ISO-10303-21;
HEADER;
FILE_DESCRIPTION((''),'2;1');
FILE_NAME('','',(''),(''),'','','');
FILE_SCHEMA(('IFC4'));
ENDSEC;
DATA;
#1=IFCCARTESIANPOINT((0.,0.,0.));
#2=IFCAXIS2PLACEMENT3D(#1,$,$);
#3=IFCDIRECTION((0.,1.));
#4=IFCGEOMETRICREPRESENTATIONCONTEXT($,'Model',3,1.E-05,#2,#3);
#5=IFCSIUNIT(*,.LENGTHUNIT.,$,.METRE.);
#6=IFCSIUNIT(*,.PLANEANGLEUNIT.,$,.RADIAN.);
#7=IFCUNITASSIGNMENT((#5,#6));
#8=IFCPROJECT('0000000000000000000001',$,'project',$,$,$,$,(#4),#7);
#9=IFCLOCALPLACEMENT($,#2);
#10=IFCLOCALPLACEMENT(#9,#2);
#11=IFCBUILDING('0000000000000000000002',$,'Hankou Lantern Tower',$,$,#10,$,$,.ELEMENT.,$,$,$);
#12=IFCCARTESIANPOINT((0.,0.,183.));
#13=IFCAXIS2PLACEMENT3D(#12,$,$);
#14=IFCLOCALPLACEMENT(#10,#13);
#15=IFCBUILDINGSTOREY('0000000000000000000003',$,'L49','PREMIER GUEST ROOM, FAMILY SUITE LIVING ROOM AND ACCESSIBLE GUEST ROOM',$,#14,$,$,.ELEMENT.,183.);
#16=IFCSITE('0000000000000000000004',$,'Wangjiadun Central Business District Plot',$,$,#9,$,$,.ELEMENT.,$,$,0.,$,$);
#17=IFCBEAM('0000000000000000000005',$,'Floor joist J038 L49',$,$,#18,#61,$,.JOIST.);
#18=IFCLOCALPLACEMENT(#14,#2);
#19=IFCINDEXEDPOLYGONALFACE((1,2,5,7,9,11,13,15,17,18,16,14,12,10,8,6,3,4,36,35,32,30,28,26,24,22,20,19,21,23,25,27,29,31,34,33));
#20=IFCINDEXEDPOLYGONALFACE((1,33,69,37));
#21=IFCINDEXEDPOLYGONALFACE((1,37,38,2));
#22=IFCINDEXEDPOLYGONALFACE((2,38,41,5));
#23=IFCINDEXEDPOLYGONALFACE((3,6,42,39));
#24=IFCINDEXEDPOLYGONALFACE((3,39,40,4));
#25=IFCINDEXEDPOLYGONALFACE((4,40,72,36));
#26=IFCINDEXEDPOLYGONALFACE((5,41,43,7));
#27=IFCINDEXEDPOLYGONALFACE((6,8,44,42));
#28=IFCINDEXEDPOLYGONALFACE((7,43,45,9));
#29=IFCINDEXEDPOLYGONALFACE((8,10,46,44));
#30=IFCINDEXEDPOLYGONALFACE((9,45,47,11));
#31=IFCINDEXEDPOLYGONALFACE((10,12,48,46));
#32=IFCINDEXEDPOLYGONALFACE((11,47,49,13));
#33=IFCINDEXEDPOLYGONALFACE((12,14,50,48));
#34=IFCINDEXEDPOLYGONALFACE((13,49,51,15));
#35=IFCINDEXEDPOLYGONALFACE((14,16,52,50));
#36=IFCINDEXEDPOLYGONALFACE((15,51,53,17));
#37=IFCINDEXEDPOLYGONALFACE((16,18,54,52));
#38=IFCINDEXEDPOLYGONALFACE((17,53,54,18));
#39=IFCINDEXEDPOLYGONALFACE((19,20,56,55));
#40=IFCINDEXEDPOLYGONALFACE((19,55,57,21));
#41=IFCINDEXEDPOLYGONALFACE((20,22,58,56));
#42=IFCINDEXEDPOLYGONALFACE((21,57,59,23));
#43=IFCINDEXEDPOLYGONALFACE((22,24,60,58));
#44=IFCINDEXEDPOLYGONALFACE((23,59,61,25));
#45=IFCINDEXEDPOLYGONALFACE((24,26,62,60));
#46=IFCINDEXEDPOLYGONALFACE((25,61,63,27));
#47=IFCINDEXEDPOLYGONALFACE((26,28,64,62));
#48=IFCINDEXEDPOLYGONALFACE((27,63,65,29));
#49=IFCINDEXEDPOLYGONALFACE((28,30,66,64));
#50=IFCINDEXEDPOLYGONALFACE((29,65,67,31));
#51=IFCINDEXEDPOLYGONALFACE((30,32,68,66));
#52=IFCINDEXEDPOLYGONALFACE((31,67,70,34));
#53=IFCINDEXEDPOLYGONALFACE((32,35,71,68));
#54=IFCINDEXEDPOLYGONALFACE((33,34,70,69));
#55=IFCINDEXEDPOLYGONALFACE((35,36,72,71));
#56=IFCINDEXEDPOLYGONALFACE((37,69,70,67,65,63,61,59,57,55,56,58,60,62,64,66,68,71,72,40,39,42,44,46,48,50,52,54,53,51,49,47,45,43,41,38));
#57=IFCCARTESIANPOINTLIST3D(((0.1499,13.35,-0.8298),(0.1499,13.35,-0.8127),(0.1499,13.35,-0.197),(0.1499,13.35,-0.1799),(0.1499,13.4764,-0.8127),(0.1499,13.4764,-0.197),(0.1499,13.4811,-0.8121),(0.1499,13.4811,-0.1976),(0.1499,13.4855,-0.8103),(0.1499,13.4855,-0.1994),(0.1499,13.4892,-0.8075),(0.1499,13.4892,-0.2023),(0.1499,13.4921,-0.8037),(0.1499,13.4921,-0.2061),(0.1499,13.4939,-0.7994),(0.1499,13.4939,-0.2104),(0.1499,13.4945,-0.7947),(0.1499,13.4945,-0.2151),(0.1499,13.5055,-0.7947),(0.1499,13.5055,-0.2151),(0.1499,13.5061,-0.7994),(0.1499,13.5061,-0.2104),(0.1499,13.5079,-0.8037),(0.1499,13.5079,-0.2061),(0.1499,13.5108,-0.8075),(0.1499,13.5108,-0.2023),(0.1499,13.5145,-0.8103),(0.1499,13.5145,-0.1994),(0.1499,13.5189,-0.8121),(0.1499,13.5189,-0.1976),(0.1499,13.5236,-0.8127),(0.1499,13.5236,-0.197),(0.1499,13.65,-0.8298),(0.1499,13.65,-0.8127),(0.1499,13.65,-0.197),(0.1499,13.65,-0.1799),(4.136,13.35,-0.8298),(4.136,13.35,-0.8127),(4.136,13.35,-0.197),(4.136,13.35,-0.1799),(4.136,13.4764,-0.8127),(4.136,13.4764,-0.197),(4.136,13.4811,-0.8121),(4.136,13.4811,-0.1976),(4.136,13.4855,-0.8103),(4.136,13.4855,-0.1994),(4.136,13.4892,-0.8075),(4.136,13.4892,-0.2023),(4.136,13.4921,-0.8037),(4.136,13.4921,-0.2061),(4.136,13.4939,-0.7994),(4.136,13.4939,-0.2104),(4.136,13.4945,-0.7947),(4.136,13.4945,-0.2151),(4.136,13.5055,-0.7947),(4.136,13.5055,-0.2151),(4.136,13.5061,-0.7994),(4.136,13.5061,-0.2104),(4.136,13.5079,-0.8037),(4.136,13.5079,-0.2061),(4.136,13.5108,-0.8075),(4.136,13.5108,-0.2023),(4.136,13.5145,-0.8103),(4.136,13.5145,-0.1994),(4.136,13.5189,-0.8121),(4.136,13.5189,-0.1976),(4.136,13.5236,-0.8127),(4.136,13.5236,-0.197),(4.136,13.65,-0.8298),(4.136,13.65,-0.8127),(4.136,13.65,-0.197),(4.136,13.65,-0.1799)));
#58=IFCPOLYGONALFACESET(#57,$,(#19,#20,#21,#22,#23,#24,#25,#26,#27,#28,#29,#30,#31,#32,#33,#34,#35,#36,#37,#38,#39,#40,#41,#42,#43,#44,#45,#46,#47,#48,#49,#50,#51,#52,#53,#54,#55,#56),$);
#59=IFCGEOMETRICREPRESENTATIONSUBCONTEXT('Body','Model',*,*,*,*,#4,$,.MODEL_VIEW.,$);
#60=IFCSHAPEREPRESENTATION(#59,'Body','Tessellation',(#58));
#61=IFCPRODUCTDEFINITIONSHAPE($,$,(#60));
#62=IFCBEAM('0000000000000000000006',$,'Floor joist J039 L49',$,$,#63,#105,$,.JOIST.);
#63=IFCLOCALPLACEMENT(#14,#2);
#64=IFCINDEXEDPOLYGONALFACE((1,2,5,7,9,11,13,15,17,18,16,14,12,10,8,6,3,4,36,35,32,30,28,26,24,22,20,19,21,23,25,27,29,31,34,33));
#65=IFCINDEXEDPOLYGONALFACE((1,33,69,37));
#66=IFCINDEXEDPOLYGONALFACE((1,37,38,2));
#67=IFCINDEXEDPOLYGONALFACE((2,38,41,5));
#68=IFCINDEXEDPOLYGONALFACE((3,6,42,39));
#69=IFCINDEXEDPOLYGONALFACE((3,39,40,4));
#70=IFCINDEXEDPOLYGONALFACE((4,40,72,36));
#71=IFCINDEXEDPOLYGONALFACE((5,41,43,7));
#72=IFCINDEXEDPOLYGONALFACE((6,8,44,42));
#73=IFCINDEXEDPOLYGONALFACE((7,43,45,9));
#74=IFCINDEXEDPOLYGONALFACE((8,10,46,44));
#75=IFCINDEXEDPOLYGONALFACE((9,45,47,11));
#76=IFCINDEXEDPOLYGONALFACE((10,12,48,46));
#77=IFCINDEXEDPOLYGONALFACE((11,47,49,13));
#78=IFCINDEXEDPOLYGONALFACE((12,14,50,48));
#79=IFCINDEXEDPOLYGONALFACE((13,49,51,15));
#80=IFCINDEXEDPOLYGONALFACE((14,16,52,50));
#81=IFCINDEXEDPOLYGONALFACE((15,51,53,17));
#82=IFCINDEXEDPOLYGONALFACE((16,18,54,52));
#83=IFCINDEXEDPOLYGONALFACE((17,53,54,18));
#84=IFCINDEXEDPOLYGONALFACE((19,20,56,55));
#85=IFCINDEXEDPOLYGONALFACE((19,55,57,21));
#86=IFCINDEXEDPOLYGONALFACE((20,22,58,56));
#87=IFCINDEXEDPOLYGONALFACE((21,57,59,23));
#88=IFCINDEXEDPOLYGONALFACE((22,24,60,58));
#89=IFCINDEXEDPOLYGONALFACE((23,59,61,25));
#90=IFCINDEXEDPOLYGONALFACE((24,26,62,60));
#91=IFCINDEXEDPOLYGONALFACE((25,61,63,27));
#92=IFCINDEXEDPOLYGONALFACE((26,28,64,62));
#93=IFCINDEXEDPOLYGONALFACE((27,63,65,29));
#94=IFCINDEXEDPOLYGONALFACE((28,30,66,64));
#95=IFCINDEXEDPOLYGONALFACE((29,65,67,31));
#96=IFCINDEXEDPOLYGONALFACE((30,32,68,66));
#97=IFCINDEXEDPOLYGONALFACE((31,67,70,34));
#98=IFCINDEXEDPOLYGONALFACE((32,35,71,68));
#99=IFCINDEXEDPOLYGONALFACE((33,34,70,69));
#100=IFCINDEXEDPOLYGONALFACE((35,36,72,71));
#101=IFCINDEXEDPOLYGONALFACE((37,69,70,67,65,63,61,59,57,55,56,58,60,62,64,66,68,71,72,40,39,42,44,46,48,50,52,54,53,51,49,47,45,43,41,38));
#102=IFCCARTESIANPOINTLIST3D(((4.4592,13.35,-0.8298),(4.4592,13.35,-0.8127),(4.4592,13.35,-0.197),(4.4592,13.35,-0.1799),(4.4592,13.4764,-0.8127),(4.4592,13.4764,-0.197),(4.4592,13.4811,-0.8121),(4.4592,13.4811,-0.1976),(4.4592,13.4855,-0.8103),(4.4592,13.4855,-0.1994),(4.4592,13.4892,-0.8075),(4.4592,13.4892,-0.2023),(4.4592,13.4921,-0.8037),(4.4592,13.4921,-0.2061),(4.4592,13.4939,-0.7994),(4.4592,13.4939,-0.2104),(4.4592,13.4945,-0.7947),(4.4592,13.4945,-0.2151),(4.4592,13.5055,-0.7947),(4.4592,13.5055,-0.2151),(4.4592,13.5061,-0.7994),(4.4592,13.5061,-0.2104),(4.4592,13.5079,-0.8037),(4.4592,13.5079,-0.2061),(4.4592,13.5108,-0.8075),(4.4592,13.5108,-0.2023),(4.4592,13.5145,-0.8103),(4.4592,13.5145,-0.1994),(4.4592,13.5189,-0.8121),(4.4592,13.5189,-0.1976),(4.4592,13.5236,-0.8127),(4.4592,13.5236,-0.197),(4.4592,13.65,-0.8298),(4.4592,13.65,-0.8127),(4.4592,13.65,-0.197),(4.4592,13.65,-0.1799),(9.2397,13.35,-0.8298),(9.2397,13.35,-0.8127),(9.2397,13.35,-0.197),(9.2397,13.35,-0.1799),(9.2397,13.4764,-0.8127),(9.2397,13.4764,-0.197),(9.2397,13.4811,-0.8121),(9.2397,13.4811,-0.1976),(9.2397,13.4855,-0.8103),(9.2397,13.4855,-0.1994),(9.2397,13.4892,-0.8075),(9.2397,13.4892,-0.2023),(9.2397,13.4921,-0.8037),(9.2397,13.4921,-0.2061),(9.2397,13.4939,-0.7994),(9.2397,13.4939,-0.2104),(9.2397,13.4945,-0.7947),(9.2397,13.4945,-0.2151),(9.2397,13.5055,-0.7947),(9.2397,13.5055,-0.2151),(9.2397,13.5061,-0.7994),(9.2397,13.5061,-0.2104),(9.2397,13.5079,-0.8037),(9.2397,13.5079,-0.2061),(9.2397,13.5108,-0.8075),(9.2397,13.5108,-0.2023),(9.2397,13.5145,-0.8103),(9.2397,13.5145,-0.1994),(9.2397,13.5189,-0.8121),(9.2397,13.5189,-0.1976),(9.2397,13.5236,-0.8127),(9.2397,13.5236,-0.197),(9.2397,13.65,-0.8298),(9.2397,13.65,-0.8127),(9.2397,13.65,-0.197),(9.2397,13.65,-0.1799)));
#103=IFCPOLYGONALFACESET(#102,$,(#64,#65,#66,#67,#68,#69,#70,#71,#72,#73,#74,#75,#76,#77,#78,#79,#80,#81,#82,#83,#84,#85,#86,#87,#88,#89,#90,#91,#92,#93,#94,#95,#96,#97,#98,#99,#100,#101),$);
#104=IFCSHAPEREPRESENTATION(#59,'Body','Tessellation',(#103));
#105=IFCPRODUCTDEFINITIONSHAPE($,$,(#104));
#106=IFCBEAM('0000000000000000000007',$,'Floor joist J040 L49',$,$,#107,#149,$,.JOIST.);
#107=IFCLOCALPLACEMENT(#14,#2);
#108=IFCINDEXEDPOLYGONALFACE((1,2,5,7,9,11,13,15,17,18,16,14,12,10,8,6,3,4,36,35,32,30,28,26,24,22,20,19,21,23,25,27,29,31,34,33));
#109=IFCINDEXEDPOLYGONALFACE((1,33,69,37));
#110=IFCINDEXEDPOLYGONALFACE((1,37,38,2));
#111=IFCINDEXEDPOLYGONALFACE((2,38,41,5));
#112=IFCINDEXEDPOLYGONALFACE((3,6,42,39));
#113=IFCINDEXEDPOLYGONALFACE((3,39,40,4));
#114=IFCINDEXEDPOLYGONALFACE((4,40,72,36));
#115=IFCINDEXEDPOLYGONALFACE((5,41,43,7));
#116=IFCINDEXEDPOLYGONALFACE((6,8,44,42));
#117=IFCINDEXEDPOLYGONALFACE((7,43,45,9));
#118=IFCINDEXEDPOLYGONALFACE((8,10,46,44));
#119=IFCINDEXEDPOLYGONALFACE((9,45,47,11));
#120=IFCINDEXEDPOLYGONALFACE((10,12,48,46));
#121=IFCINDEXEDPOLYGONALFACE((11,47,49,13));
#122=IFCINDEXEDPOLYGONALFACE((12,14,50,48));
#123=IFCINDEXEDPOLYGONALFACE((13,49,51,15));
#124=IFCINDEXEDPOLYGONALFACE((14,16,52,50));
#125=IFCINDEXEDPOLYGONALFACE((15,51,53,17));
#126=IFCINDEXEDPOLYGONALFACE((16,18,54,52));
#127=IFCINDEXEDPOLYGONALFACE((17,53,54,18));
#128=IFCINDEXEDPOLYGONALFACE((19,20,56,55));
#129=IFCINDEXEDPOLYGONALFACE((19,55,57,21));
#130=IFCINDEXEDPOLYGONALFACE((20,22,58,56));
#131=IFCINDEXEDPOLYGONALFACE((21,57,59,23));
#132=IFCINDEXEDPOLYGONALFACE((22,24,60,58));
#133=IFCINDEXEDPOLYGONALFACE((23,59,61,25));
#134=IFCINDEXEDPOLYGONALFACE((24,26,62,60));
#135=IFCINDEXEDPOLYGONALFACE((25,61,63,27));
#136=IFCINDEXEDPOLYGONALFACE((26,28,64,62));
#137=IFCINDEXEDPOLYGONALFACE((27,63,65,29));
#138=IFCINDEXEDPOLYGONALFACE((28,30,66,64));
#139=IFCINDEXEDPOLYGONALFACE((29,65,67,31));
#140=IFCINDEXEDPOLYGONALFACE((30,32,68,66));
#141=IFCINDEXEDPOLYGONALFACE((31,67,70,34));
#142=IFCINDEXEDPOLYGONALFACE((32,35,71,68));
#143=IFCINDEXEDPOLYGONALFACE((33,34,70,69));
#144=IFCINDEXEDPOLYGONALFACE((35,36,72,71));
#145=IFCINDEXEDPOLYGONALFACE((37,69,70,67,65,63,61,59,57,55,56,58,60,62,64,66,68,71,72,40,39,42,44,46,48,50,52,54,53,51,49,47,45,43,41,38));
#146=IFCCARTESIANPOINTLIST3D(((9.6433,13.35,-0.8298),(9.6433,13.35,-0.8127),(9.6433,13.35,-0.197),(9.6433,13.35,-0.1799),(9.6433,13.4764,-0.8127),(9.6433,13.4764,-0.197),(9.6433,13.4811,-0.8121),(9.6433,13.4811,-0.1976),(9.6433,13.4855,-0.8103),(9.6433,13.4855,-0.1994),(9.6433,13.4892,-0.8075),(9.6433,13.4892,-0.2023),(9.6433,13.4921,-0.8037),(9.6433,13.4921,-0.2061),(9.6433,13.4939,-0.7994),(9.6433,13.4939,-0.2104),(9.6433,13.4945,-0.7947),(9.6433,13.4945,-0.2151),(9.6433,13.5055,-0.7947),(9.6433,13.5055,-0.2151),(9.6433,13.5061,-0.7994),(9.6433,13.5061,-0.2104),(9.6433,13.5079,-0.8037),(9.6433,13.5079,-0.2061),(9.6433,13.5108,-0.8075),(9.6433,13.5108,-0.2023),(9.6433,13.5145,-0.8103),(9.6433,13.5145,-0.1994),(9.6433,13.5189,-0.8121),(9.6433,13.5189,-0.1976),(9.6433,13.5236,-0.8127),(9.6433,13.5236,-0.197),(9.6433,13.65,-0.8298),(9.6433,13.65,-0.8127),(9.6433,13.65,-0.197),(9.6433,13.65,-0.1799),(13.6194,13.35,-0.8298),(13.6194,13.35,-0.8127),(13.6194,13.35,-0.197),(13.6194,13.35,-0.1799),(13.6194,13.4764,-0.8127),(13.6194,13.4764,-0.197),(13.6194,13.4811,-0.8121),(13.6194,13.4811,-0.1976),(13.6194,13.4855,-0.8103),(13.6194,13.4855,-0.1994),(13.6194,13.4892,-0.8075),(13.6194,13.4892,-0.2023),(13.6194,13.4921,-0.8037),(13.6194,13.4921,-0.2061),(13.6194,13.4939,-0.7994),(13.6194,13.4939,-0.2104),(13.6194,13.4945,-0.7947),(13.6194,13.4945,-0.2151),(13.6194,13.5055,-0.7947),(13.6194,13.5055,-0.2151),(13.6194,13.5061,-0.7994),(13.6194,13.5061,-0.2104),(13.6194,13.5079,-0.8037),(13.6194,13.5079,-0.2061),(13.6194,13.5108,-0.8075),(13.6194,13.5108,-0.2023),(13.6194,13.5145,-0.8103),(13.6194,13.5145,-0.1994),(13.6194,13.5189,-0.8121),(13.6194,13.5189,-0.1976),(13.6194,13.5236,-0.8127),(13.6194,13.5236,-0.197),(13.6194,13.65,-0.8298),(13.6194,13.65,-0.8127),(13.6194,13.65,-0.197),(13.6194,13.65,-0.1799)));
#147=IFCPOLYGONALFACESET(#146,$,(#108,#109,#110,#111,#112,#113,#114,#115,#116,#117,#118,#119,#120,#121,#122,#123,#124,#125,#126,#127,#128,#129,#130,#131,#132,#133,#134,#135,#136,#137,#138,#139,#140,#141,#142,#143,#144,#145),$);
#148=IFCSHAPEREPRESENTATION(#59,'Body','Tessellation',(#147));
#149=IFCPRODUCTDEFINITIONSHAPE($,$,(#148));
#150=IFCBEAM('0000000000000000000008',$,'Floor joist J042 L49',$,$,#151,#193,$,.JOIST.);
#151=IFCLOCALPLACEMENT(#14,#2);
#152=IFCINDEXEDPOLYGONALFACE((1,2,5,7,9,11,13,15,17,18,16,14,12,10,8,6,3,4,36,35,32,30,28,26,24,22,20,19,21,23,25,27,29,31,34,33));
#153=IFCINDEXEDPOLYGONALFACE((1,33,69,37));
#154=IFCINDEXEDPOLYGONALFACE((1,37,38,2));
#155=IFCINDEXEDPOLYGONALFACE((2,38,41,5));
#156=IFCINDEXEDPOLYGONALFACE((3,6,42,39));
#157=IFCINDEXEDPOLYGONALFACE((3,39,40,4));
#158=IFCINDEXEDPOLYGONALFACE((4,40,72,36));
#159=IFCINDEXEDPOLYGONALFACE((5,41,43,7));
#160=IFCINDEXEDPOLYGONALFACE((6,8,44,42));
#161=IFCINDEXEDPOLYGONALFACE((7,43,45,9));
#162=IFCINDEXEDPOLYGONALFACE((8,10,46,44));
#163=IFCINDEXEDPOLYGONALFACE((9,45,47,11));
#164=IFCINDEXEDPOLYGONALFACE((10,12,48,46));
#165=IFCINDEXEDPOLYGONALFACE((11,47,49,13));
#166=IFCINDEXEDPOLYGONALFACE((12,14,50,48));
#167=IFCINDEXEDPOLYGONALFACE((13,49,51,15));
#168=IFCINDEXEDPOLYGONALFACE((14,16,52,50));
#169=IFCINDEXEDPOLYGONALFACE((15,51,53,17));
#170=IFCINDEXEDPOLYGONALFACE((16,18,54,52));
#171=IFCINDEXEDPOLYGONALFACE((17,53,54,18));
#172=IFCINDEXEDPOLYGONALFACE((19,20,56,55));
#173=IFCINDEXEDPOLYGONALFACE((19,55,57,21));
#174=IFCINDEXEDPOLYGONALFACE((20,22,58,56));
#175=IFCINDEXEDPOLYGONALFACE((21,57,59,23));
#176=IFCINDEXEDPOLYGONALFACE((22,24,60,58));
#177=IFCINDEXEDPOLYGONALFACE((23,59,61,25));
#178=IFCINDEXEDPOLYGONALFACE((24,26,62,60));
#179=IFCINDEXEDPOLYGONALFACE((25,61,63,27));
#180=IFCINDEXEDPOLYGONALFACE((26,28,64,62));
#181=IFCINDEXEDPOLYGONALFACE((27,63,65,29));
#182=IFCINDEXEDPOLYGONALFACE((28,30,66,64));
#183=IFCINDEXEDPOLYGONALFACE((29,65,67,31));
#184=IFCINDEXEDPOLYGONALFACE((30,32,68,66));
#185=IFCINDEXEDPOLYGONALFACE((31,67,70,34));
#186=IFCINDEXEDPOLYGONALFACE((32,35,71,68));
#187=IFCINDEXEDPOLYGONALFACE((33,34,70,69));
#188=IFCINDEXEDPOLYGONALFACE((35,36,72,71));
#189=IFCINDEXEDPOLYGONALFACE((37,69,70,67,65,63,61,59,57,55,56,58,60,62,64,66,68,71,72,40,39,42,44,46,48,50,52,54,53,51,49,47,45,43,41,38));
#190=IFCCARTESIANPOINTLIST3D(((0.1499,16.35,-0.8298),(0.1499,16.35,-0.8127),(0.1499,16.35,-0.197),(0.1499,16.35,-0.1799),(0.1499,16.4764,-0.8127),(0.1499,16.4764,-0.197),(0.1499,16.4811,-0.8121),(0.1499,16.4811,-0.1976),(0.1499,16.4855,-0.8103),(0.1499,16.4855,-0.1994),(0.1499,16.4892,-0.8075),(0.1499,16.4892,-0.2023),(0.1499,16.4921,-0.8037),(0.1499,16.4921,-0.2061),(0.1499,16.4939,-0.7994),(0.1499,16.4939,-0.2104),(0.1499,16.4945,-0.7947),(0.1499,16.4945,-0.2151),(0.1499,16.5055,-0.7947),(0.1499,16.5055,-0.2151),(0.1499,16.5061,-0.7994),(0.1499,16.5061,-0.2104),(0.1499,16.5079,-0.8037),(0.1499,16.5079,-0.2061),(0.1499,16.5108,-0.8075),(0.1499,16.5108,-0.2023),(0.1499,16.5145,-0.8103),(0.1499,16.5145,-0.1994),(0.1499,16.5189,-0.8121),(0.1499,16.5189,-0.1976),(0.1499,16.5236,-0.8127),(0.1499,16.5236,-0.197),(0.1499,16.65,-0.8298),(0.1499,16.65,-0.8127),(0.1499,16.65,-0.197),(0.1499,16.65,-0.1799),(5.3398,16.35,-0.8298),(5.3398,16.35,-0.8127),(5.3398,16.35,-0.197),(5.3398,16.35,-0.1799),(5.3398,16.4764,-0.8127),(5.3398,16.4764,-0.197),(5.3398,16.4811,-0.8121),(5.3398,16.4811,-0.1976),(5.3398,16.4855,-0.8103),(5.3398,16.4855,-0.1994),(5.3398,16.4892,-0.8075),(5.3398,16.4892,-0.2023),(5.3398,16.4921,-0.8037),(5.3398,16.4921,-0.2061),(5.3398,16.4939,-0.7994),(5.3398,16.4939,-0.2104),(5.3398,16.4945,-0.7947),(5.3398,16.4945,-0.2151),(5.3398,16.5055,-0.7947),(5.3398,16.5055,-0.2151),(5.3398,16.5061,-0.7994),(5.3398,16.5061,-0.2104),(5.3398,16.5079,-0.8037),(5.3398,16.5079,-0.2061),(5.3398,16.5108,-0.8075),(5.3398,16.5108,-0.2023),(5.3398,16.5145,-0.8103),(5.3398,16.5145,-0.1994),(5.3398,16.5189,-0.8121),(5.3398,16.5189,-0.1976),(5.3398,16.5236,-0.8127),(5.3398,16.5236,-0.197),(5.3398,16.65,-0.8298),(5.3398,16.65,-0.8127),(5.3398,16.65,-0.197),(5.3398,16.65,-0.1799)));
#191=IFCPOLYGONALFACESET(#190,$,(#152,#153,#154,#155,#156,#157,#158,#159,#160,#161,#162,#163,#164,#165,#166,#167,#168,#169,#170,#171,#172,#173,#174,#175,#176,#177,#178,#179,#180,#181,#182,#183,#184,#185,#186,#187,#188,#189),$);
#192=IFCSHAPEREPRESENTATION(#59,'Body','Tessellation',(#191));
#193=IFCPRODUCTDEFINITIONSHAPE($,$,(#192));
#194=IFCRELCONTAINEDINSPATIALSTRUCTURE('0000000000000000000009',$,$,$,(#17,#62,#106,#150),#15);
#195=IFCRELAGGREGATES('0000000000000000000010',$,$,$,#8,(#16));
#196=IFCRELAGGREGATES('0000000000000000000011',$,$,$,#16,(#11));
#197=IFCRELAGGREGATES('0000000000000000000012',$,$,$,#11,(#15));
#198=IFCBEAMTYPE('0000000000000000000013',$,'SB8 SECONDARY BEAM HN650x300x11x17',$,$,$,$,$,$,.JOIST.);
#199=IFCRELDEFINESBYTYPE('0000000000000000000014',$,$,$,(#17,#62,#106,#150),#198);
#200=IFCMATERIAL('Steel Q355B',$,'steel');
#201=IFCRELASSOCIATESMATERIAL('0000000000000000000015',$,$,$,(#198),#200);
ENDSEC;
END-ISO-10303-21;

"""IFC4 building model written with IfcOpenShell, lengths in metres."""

from ifc_helpers import new_model, si_unit, direction, frame, origin, origin_2d, place, context, subcontext, project, spatial, i_section, extrude, material, material_profile, profile_set, type_object, element, save


model = new_model("IFC4")

# Units and contexts
model_context = context("Model", 3, precision=1e-05, world=origin(), true_north=direction((0.0, 1.0)))
body_context = subcontext(model_context, "Body", "Model", "MODEL_VIEW")
ifc_project = project(units=[si_unit("LENGTHUNIT", "METRE"), si_unit("PLANEANGLEUNIT", "RADIAN")], contexts=[model_context])

# Site, building, storey
site_placement = place(None, origin())
site = spatial("IfcSite", under=ifc_project, at=site_placement, Name="Wangjiadun Central Business District Plot", CompositionType="ELEMENT", RefElevation=0.0)
building_placement = place(site_placement, origin())
building = spatial("IfcBuilding", under=site, at=building_placement, Name="Hankou Lantern Tower", CompositionType="ELEMENT")
storey_placement = place(building_placement, frame((0.0, 0.0, 183.0)))
storey = spatial("IfcBuildingStorey", under=building, at=storey_placement, Name="L49", Description="PREMIER GUEST ROOM, FAMILY SUITE LIVING ROOM AND ACCESSIBLE GUEST ROOM", CompositionType="ELEMENT", Elevation=183.0)

# Beams
ifc_material_1 = material(Name="Steel Q355B", Category="steel")
ifc_material_profile_1 = material_profile(ifc_material_1, i_section(OverallWidth=0.3, OverallDepth=0.6499, WebThickness=0.011, FlangeThickness=0.0171, FilletRadius=0.0181, at=origin_2d()), Name="HN650x300x11x17")
ifc_profile_set_1 = profile_set([ifc_material_profile_1], Name="Steel Q355B")
beam_type_1 = type_object("IfcBeamType", Name="SB8 SECONDARY BEAM HN650x300x11x17", PredefinedType="JOIST", material=ifc_profile_set_1)
beam_1_placement = place(storey_placement, frame((0.1499, 13.5, -0.5049), z_axis=(1.0, 0.0, 0.0), x_axis=(0.0, 1.0, 0.0)))
element("IfcBeam", 1, at=beam_1_placement, inside=storey, type_object=beam_type_1, Name="Floor joist J038 L49", PredefinedType="JOIST", context=body_context, shape_type="SweptSolid", body=[
    extrude(i_section(OverallWidth=0.3, OverallDepth=0.6499, WebThickness=0.011, FlangeThickness=0.0171, FilletRadius=0.0181, at=origin_2d()), origin(), (0.0, 0.0, 1.0), 3.9861),
])
beam_2_placement = place(storey_placement, frame((4.4592, 13.5, -0.5049), z_axis=(1.0, 0.0, 0.0), x_axis=(0.0, 1.0, 0.0)))
element("IfcBeam", 2, at=beam_2_placement, inside=storey, type_object=beam_type_1, Name="Floor joist J039 L49", PredefinedType="JOIST", context=body_context, shape_type="SweptSolid", body=[
    extrude(i_section(OverallWidth=0.3, OverallDepth=0.6499, WebThickness=0.011, FlangeThickness=0.0171, FilletRadius=0.0181, at=origin_2d()), origin(), (0.0, 0.0, 1.0), 4.7805),
])
beam_3_placement = place(storey_placement, frame((9.6433, 13.5, -0.5049), z_axis=(1.0, 0.0, 0.0), x_axis=(0.0, 1.0, 0.0)))
element("IfcBeam", 3, at=beam_3_placement, inside=storey, type_object=beam_type_1, Name="Floor joist J040 L49", PredefinedType="JOIST", context=body_context, shape_type="SweptSolid", body=[
    extrude(i_section(OverallWidth=0.3, OverallDepth=0.6499, WebThickness=0.011, FlangeThickness=0.0171, FilletRadius=0.0181, at=origin_2d()), origin(), (0.0, 0.0, 1.0), 3.9761),
])
beam_4_placement = place(storey_placement, frame((0.1499, 16.5, -0.5049), z_axis=(1.0, 0.0, 0.0), x_axis=(0.0, 1.0, 0.0)))
element("IfcBeam", 4, at=beam_4_placement, inside=storey, type_object=beam_type_1, Name="Floor joist J042 L49", PredefinedType="JOIST", context=body_context, shape_type="SweptSolid", body=[
    extrude(i_section(OverallWidth=0.3, OverallDepth=0.6499, WebThickness=0.011, FlangeThickness=0.0171, FilletRadius=0.0181, at=origin_2d()), origin(), (0.0, 0.0, 1.0), 5.1899),
])

save(model, "model.ifc")
